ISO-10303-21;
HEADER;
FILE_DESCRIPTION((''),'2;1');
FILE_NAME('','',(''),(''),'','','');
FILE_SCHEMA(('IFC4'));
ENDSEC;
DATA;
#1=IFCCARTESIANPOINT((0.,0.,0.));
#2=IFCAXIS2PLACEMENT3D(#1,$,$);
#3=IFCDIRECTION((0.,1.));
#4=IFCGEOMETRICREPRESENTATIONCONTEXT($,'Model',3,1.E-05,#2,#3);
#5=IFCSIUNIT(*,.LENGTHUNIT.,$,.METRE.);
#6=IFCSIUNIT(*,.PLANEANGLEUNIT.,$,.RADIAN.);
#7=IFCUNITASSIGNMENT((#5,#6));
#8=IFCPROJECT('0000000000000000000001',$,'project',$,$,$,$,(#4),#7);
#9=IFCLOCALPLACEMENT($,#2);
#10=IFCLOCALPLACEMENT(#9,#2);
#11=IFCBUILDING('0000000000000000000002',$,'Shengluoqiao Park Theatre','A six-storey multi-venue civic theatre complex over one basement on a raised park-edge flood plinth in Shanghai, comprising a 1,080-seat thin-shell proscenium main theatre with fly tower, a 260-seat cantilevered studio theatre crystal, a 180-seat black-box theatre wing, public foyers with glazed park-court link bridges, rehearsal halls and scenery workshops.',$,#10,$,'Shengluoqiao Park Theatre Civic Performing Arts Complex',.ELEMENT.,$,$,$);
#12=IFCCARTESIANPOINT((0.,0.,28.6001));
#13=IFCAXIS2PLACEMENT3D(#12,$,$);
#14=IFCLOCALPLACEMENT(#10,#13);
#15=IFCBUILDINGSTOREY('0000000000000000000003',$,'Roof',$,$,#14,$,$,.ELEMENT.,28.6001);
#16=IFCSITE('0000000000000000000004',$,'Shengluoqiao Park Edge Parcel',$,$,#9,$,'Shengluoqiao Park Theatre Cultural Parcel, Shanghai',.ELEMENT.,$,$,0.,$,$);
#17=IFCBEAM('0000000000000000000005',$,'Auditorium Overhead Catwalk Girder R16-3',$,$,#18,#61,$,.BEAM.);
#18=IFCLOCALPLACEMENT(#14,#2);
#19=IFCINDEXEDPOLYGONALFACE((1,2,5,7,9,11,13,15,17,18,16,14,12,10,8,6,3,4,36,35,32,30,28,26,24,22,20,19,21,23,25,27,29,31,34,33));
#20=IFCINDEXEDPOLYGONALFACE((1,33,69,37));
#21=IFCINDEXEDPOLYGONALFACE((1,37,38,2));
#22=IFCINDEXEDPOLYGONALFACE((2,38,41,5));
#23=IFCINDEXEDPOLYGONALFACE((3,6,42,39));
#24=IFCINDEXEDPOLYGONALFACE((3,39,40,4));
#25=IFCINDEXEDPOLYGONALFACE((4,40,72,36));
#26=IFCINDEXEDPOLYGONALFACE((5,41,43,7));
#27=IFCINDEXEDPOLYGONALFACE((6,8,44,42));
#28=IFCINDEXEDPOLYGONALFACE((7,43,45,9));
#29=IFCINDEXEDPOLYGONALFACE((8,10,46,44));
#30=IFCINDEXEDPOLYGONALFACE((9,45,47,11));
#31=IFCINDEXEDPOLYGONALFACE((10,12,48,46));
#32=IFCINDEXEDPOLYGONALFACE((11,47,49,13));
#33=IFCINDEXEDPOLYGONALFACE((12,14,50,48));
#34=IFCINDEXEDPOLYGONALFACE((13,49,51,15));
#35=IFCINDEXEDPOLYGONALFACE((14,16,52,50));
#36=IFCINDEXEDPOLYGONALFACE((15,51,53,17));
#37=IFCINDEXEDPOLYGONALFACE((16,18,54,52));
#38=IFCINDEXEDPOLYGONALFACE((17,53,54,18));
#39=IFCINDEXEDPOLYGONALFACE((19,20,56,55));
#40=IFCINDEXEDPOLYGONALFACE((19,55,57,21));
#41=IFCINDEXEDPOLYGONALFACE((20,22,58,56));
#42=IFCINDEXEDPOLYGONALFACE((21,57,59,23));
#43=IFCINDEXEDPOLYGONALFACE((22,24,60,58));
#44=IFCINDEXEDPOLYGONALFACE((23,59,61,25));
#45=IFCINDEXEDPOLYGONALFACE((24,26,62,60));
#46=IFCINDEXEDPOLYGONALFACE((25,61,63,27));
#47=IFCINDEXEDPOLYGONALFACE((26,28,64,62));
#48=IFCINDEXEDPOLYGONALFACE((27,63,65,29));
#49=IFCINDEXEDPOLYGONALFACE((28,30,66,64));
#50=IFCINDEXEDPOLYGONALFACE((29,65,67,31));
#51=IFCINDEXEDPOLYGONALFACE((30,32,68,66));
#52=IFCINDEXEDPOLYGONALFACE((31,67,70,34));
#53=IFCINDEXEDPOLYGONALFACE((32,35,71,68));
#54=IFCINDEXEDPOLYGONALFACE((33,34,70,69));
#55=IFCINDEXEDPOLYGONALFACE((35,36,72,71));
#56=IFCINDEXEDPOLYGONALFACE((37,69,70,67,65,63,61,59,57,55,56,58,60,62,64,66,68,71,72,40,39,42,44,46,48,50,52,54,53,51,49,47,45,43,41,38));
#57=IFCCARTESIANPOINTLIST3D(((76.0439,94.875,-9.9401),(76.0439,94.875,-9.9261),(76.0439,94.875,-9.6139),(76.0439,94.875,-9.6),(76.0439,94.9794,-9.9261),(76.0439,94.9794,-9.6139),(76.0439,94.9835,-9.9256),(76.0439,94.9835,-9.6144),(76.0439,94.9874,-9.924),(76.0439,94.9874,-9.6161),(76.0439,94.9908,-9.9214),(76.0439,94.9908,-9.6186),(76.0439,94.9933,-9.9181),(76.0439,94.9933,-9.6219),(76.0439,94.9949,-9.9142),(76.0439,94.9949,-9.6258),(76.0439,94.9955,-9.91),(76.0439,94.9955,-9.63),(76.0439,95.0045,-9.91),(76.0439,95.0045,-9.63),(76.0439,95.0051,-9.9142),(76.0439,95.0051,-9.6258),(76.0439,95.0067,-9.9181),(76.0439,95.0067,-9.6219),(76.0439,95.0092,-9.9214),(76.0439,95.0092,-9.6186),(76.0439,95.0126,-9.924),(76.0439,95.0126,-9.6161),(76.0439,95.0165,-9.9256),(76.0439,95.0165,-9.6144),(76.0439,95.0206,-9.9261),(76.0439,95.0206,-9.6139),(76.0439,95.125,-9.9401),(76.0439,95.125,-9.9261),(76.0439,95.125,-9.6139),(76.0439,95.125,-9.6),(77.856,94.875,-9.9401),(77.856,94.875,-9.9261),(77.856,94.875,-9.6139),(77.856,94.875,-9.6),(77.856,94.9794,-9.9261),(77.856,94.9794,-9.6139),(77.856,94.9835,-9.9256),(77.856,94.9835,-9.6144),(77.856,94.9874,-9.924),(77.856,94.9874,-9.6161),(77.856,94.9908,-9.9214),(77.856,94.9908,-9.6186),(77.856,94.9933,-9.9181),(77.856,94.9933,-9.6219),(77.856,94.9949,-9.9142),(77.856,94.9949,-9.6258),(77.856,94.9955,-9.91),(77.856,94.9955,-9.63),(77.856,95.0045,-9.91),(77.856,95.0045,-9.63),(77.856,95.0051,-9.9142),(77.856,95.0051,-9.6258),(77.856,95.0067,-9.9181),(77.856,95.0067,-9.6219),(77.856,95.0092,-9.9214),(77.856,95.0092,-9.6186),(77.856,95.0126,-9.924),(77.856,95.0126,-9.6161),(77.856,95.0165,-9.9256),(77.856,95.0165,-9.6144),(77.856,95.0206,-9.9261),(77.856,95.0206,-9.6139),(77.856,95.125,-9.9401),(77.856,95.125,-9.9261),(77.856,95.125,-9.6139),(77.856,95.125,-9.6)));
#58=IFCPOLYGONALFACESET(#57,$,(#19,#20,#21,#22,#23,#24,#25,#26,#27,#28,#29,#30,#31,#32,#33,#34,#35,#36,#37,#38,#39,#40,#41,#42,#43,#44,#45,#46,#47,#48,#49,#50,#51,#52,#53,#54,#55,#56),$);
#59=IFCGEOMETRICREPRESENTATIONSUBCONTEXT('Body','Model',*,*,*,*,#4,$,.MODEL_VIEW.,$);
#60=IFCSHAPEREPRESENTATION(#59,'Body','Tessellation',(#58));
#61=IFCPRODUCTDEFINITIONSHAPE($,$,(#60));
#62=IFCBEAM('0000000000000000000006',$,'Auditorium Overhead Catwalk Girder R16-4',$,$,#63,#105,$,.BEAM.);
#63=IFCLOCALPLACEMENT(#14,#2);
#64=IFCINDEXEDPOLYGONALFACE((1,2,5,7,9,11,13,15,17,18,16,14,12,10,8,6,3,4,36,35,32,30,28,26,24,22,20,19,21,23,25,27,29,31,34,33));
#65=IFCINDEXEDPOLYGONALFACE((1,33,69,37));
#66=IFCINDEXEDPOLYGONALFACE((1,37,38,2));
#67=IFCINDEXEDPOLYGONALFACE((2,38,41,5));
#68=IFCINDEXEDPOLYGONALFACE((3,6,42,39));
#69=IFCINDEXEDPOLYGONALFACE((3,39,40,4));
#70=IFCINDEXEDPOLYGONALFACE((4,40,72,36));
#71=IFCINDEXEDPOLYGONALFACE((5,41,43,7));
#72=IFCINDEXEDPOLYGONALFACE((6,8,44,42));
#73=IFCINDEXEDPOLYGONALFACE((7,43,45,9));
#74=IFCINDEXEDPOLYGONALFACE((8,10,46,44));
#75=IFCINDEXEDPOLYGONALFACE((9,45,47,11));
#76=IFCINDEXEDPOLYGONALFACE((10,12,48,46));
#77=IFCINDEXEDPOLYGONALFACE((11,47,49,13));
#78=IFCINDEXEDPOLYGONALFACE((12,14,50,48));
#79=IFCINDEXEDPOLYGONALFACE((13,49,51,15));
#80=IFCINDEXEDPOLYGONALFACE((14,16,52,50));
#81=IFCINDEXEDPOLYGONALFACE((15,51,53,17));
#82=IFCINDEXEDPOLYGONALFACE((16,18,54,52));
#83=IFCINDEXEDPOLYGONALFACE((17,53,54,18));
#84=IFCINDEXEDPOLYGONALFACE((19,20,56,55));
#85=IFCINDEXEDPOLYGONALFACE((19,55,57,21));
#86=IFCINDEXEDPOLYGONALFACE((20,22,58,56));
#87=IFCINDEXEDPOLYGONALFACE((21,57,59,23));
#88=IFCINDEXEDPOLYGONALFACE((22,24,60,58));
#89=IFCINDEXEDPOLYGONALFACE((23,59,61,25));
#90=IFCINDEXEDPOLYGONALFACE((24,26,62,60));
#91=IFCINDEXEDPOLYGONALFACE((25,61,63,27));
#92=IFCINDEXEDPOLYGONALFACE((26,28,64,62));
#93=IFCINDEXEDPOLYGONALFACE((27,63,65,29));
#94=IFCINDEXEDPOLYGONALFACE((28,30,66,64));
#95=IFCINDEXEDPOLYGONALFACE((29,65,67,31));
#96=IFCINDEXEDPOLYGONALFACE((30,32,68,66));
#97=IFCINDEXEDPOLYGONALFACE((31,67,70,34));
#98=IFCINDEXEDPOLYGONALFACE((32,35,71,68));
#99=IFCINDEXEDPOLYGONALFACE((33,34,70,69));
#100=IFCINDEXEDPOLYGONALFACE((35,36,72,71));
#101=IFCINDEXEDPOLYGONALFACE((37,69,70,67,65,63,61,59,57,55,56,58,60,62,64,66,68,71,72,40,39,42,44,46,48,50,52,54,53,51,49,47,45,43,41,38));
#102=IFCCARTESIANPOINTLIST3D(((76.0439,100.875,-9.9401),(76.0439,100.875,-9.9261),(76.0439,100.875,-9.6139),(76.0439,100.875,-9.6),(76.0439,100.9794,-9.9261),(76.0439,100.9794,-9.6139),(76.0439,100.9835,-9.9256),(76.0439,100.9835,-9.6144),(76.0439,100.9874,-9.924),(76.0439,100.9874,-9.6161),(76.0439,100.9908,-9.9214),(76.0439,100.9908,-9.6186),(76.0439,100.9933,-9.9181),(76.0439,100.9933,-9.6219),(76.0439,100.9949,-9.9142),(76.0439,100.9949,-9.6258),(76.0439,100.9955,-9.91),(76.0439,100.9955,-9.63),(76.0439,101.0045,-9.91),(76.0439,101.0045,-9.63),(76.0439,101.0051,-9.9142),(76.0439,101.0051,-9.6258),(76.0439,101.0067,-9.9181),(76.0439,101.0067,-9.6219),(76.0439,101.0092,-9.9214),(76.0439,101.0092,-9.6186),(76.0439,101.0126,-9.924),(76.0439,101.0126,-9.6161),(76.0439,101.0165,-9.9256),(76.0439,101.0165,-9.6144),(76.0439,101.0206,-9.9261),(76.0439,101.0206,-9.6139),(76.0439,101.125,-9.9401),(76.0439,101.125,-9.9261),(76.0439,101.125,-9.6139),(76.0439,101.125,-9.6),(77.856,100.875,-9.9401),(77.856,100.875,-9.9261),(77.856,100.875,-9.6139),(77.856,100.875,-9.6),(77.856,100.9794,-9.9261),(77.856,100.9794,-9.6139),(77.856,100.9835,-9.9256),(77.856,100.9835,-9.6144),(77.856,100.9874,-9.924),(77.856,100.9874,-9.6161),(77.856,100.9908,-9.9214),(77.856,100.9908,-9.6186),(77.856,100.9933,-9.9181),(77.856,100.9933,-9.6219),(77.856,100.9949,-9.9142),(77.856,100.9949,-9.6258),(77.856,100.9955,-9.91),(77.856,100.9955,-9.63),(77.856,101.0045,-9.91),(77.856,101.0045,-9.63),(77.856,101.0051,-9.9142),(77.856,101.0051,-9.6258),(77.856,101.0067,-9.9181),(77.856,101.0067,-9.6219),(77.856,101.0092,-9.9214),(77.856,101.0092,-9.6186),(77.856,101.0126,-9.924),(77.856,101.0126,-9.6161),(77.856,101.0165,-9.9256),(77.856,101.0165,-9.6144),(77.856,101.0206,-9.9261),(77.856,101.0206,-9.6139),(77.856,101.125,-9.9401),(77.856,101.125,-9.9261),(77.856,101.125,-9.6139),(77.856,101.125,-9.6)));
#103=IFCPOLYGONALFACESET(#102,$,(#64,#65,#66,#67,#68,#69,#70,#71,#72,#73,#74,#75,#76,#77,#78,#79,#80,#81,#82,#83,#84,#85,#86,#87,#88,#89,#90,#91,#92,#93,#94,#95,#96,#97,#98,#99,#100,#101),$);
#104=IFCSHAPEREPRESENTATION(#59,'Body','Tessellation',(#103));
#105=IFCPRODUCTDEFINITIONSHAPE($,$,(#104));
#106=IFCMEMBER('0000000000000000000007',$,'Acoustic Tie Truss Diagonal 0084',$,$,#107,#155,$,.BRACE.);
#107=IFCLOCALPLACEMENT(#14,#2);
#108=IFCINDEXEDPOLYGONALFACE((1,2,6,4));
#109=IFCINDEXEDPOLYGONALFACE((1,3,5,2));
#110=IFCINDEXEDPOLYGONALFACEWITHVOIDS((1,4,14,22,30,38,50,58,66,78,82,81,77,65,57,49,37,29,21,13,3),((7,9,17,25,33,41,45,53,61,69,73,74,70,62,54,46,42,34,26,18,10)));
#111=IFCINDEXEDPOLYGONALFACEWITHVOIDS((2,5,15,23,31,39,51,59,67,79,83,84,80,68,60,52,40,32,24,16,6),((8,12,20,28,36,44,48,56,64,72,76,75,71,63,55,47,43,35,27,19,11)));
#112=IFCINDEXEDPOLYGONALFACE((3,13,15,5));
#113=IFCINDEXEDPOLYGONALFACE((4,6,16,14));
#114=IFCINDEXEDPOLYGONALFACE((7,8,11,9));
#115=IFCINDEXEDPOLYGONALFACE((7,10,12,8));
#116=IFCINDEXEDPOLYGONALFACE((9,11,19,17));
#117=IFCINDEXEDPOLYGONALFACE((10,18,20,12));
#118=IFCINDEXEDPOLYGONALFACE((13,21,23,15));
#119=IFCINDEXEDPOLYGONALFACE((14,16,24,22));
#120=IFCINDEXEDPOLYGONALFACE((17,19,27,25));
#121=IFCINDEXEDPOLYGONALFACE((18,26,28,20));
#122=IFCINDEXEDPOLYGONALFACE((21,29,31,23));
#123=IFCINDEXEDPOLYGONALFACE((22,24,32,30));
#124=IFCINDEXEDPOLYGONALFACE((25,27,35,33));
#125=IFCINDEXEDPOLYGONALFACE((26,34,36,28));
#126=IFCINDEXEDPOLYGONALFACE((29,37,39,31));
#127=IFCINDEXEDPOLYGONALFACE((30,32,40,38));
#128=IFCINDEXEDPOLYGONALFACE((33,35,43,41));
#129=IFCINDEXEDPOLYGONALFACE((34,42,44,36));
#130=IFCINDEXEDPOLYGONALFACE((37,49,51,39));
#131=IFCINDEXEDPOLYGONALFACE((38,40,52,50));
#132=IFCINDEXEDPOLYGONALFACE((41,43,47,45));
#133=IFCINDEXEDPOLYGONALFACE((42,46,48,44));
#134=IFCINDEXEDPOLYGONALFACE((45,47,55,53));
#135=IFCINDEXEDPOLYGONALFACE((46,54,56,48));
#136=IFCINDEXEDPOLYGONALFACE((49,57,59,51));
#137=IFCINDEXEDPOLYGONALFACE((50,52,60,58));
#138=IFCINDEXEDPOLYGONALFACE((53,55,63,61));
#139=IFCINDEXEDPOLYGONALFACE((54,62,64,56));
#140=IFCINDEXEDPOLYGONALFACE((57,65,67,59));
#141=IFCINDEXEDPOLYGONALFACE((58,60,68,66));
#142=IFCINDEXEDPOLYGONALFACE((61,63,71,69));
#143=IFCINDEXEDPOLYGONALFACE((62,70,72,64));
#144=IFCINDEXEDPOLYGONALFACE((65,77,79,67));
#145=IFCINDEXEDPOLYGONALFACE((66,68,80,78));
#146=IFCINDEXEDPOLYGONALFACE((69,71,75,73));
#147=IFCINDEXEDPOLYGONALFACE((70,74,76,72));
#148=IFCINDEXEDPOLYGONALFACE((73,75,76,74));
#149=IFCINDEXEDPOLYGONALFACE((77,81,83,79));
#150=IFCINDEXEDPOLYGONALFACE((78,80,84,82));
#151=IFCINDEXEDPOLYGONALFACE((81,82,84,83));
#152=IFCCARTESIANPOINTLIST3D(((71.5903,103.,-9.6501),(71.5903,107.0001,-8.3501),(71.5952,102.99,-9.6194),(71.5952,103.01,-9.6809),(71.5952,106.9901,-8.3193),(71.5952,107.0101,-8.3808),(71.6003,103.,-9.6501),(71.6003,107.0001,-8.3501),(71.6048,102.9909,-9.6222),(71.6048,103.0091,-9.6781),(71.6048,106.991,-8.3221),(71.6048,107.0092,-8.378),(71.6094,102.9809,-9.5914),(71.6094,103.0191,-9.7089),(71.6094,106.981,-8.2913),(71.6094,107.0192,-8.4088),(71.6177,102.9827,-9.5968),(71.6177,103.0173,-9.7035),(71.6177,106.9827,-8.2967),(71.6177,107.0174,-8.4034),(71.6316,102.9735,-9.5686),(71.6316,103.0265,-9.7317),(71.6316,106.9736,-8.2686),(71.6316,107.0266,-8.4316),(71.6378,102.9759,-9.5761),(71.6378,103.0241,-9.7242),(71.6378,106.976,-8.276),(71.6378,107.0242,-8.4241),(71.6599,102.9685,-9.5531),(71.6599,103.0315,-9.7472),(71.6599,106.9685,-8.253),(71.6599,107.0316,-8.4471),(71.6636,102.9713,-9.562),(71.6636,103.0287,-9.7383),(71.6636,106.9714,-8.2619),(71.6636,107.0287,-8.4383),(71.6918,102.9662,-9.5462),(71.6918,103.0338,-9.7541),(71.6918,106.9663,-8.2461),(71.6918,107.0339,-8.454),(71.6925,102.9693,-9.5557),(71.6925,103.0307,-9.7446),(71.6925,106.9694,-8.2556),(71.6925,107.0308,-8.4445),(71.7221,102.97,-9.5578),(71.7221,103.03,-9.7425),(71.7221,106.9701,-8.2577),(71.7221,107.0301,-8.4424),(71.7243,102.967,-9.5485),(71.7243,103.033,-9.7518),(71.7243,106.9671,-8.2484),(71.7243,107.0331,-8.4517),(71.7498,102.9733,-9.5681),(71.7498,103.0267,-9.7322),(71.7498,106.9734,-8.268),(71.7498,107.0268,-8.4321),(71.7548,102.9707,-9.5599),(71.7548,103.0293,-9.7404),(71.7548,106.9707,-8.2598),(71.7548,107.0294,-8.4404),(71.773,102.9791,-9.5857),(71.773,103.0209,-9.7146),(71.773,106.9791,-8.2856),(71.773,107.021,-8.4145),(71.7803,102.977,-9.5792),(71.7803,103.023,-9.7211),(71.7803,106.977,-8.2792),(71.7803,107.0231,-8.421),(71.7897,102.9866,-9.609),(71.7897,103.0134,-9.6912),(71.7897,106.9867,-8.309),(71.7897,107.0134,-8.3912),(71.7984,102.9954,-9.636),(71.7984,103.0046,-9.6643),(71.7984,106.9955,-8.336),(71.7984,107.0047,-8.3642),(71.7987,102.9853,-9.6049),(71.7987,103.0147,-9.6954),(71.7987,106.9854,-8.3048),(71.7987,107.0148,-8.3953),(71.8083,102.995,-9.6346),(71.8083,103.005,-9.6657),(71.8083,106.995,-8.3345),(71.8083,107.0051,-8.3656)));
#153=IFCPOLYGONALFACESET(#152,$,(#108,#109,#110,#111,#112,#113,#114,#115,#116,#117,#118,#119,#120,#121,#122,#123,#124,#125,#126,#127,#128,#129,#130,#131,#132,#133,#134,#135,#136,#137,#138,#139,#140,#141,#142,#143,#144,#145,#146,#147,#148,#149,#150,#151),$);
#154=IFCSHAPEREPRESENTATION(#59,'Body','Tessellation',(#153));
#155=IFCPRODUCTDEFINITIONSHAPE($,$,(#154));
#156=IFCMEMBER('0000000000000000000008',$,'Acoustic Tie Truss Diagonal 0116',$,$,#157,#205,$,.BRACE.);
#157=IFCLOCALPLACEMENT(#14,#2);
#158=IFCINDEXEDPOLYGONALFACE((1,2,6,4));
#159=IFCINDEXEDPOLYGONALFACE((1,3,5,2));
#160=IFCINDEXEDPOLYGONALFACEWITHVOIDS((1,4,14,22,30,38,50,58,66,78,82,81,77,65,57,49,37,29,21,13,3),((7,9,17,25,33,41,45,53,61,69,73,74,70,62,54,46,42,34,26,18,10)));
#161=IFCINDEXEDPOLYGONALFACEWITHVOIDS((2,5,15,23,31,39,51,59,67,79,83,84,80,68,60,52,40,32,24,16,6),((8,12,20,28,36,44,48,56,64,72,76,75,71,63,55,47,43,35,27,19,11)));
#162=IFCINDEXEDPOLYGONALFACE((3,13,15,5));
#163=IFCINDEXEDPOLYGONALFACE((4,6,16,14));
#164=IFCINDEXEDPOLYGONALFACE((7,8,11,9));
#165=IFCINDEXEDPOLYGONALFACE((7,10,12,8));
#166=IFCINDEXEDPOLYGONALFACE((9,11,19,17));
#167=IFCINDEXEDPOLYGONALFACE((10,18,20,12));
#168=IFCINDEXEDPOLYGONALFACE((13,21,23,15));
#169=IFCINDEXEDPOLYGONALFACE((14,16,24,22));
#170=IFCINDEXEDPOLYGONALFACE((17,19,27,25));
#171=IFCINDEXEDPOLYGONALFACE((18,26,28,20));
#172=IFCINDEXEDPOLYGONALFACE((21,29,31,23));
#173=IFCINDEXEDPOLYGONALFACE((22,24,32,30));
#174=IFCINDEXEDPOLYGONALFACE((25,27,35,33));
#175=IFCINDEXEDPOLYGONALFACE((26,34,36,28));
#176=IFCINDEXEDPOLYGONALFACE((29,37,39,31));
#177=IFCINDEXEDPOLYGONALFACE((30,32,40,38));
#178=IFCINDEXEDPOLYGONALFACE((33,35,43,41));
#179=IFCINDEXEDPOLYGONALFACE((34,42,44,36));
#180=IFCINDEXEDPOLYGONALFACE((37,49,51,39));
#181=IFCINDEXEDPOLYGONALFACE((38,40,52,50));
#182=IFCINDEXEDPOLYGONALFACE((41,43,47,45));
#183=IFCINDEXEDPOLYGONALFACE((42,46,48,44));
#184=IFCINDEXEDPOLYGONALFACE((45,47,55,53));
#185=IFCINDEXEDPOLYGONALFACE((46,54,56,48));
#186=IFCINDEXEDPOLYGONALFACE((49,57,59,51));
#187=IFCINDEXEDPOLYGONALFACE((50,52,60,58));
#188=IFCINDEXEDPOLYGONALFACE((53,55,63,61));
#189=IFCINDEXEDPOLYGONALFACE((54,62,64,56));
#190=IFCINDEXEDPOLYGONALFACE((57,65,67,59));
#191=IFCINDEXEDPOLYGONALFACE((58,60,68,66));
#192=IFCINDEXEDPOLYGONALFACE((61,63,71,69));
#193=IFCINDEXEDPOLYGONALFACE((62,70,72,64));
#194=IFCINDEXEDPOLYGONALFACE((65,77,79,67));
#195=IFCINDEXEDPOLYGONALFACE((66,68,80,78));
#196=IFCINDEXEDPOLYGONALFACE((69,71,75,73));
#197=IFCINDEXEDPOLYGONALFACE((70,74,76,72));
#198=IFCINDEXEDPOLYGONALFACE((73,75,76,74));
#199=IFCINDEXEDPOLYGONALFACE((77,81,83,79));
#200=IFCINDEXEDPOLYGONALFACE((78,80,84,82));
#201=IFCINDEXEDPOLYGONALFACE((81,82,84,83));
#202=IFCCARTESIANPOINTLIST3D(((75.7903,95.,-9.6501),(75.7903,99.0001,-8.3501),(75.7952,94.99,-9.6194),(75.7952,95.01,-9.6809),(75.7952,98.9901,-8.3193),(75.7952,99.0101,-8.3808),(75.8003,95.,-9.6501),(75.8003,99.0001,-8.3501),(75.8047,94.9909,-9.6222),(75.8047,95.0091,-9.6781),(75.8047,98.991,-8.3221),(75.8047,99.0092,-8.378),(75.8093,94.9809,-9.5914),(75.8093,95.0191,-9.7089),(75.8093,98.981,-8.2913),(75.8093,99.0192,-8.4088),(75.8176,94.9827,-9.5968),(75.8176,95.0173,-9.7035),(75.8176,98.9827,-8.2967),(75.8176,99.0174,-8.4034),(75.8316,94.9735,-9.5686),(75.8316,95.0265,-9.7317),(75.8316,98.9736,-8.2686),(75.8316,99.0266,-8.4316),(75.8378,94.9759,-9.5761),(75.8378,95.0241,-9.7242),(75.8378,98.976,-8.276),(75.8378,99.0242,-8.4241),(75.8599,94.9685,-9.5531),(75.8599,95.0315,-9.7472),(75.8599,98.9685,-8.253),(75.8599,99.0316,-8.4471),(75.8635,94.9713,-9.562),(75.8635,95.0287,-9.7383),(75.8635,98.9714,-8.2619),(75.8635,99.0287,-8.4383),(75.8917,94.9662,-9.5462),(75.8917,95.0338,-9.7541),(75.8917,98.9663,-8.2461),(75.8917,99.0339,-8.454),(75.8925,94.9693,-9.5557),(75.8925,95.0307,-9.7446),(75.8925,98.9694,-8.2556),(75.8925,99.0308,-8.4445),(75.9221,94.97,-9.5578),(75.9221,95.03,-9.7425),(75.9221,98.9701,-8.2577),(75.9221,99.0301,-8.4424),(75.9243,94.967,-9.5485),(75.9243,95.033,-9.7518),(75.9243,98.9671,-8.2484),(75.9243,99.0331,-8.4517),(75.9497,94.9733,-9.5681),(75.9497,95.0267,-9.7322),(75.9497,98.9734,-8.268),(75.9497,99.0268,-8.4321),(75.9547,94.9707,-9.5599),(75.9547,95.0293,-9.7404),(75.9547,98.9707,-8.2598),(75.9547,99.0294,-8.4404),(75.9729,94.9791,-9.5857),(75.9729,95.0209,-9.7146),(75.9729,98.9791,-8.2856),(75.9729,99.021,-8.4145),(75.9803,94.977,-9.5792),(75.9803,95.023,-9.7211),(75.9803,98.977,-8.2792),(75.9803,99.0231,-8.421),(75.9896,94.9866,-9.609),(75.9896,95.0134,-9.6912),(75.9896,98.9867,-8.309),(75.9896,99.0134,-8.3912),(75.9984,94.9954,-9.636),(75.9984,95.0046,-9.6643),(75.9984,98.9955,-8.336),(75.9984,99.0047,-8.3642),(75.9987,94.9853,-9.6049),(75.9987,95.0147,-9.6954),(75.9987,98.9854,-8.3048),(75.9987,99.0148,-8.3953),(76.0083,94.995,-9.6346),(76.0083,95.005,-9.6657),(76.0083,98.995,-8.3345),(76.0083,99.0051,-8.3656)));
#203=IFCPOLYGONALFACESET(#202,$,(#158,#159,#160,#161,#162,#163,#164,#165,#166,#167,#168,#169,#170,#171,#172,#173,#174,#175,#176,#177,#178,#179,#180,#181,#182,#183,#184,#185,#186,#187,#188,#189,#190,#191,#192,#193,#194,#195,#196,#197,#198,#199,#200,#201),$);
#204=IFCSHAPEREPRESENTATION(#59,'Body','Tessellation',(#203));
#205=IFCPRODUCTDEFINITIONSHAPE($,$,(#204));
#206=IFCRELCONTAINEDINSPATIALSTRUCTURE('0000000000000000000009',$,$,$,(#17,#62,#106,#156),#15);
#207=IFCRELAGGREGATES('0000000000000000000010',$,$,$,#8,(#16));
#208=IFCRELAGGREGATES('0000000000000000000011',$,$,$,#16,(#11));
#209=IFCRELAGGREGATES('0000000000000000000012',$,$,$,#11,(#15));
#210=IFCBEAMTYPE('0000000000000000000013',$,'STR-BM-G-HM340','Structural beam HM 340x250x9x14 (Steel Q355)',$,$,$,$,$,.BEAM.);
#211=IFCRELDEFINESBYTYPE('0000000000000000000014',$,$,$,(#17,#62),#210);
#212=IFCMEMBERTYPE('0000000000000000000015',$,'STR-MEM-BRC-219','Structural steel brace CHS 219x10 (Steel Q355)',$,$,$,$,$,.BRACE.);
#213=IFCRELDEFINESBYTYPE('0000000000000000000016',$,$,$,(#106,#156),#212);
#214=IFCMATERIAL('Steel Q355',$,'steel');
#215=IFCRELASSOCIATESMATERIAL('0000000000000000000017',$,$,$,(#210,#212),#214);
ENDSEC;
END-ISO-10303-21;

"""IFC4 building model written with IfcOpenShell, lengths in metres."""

from ifc_helpers import new_model, si_unit, direction, frame, origin, origin_2d, place, context, subcontext, project, spatial, hollow_circle, i_section, extrude, material, material_profile, profile_set, type_object, element, save


model = new_model("IFC4")

# Units and contexts
model_context = context("Model", 3, precision=1e-05, world=origin(), true_north=direction((0.0, 1.0)))
body_context = subcontext(model_context, "Body", "Model", "MODEL_VIEW")
ifc_project = project(units=[si_unit("LENGTHUNIT", "METRE"), si_unit("PLANEANGLEUNIT", "RADIAN")], contexts=[model_context])

# Site, building, storey
site_placement = place(None, origin())
site = spatial("IfcSite", under=ifc_project, at=site_placement, Name="Shengluoqiao Park Edge Parcel", LongName="Shengluoqiao Park Theatre Cultural Parcel, Shanghai", CompositionType="ELEMENT", RefElevation=0.0)
building_placement = place(site_placement, origin())
building = spatial("IfcBuilding", under=site, at=building_placement, Name="Shengluoqiao Park Theatre", Description="A six-storey multi-venue civic theatre complex over one basement on a raised park-edge flood plinth in Shanghai, comprising a 1,080-seat thin-shell proscenium main theatre with fly tower, a 260-seat cantilevered studio theatre crystal, a 180-seat black-box theatre wing, public foyers with glazed park-court link bridges, rehearsal halls and scenery workshops.", LongName="Shengluoqiao Park Theatre Civic Performing Arts Complex", CompositionType="ELEMENT")
storey_placement = place(building_placement, frame((0.0, 0.0, 28.6001)))
storey = spatial("IfcBuildingStorey", under=building, at=storey_placement, Name="Roof", CompositionType="ELEMENT", Elevation=28.6001)

# Beams
ifc_material = material(Name="Steel Q355", Category="steel")
ifc_material_profile_1 = material_profile(ifc_material, i_section(OverallWidth=0.25, OverallDepth=0.3401, WebThickness=0.009, FlangeThickness=0.0139, FilletRadius=0.0161, at=origin_2d()), Name="HM 340x250x9x14")
ifc_profile_set_1 = profile_set([ifc_material_profile_1], Name="Steel Q355")
beam_type = type_object("IfcBeamType", Name="STR-BM-G-HM340", Description="Structural beam HM 340x250x9x14 (Steel Q355)", PredefinedType="BEAM", material=ifc_profile_set_1)
for number, where, z_axis, x_axis, name in (
    (1, (76.0439, 95.0, -9.77), (1.0, 0.0, 0.0), (0.0, 1.0, 0.0), "Auditorium Overhead Catwalk Girder R16-3"),
    (2, (76.0439, 101.0, -9.77), (1.0, 0.0, 0.0), (0.0, 1.0, 0.0), "Auditorium Overhead Catwalk Girder R16-4"),
):
    element("IfcBeam", number, at=place(storey_placement, frame(where, z_axis=z_axis, x_axis=x_axis)), inside=storey, type_object=beam_type, Name=name, PredefinedType="BEAM", context=body_context, shape_type="SweptSolid", body=[
        extrude(i_section(OverallWidth=0.25, OverallDepth=0.3401, WebThickness=0.009, FlangeThickness=0.0139, FilletRadius=0.0161, at=origin_2d()), origin(), (0.0, 0.0, 1.0), 1.812),
    ])

# Members
ifc_material_profile_2 = material_profile(ifc_material, hollow_circle(Radius=0.1096, WallThickness=0.01, at=origin_2d()), Name="CHS 219x10")
ifc_profile_set_2 = profile_set([ifc_material_profile_2], Name="Steel Q355")
member_type_1 = type_object("IfcMemberType", Name="STR-MEM-BRC-219", Description="Structural steel brace CHS 219x10 (Steel Q355)", PredefinedType="BRACE", material=ifc_profile_set_2)
for number, where, z_axis, x_axis, name in (
    (3, (71.7, 103.0, -9.6501), (0.0, 0.951031, 0.309097), (-1.0, 0.0, 0.0), "Acoustic Tie Truss Diagonal 0084"),
    (4, (75.8999, 95.0, -9.6501), (0.0, 0.951031, 0.309097), (-1.0, 0.0, 0.0), "Acoustic Tie Truss Diagonal 0116"),
):
    element("IfcMember", number, at=place(storey_placement, frame(where, z_axis=z_axis, x_axis=x_axis)), inside=storey, type_object=member_type_1, Name=name, PredefinedType="BRACE", context=body_context, shape_type="SweptSolid", body=[
        extrude(hollow_circle(Radius=0.1096, WallThickness=0.01, at=origin_2d()), origin(), (0.0, 0.0, 1.0), 4.2061),
    ])

save(model, "model.ifc")
